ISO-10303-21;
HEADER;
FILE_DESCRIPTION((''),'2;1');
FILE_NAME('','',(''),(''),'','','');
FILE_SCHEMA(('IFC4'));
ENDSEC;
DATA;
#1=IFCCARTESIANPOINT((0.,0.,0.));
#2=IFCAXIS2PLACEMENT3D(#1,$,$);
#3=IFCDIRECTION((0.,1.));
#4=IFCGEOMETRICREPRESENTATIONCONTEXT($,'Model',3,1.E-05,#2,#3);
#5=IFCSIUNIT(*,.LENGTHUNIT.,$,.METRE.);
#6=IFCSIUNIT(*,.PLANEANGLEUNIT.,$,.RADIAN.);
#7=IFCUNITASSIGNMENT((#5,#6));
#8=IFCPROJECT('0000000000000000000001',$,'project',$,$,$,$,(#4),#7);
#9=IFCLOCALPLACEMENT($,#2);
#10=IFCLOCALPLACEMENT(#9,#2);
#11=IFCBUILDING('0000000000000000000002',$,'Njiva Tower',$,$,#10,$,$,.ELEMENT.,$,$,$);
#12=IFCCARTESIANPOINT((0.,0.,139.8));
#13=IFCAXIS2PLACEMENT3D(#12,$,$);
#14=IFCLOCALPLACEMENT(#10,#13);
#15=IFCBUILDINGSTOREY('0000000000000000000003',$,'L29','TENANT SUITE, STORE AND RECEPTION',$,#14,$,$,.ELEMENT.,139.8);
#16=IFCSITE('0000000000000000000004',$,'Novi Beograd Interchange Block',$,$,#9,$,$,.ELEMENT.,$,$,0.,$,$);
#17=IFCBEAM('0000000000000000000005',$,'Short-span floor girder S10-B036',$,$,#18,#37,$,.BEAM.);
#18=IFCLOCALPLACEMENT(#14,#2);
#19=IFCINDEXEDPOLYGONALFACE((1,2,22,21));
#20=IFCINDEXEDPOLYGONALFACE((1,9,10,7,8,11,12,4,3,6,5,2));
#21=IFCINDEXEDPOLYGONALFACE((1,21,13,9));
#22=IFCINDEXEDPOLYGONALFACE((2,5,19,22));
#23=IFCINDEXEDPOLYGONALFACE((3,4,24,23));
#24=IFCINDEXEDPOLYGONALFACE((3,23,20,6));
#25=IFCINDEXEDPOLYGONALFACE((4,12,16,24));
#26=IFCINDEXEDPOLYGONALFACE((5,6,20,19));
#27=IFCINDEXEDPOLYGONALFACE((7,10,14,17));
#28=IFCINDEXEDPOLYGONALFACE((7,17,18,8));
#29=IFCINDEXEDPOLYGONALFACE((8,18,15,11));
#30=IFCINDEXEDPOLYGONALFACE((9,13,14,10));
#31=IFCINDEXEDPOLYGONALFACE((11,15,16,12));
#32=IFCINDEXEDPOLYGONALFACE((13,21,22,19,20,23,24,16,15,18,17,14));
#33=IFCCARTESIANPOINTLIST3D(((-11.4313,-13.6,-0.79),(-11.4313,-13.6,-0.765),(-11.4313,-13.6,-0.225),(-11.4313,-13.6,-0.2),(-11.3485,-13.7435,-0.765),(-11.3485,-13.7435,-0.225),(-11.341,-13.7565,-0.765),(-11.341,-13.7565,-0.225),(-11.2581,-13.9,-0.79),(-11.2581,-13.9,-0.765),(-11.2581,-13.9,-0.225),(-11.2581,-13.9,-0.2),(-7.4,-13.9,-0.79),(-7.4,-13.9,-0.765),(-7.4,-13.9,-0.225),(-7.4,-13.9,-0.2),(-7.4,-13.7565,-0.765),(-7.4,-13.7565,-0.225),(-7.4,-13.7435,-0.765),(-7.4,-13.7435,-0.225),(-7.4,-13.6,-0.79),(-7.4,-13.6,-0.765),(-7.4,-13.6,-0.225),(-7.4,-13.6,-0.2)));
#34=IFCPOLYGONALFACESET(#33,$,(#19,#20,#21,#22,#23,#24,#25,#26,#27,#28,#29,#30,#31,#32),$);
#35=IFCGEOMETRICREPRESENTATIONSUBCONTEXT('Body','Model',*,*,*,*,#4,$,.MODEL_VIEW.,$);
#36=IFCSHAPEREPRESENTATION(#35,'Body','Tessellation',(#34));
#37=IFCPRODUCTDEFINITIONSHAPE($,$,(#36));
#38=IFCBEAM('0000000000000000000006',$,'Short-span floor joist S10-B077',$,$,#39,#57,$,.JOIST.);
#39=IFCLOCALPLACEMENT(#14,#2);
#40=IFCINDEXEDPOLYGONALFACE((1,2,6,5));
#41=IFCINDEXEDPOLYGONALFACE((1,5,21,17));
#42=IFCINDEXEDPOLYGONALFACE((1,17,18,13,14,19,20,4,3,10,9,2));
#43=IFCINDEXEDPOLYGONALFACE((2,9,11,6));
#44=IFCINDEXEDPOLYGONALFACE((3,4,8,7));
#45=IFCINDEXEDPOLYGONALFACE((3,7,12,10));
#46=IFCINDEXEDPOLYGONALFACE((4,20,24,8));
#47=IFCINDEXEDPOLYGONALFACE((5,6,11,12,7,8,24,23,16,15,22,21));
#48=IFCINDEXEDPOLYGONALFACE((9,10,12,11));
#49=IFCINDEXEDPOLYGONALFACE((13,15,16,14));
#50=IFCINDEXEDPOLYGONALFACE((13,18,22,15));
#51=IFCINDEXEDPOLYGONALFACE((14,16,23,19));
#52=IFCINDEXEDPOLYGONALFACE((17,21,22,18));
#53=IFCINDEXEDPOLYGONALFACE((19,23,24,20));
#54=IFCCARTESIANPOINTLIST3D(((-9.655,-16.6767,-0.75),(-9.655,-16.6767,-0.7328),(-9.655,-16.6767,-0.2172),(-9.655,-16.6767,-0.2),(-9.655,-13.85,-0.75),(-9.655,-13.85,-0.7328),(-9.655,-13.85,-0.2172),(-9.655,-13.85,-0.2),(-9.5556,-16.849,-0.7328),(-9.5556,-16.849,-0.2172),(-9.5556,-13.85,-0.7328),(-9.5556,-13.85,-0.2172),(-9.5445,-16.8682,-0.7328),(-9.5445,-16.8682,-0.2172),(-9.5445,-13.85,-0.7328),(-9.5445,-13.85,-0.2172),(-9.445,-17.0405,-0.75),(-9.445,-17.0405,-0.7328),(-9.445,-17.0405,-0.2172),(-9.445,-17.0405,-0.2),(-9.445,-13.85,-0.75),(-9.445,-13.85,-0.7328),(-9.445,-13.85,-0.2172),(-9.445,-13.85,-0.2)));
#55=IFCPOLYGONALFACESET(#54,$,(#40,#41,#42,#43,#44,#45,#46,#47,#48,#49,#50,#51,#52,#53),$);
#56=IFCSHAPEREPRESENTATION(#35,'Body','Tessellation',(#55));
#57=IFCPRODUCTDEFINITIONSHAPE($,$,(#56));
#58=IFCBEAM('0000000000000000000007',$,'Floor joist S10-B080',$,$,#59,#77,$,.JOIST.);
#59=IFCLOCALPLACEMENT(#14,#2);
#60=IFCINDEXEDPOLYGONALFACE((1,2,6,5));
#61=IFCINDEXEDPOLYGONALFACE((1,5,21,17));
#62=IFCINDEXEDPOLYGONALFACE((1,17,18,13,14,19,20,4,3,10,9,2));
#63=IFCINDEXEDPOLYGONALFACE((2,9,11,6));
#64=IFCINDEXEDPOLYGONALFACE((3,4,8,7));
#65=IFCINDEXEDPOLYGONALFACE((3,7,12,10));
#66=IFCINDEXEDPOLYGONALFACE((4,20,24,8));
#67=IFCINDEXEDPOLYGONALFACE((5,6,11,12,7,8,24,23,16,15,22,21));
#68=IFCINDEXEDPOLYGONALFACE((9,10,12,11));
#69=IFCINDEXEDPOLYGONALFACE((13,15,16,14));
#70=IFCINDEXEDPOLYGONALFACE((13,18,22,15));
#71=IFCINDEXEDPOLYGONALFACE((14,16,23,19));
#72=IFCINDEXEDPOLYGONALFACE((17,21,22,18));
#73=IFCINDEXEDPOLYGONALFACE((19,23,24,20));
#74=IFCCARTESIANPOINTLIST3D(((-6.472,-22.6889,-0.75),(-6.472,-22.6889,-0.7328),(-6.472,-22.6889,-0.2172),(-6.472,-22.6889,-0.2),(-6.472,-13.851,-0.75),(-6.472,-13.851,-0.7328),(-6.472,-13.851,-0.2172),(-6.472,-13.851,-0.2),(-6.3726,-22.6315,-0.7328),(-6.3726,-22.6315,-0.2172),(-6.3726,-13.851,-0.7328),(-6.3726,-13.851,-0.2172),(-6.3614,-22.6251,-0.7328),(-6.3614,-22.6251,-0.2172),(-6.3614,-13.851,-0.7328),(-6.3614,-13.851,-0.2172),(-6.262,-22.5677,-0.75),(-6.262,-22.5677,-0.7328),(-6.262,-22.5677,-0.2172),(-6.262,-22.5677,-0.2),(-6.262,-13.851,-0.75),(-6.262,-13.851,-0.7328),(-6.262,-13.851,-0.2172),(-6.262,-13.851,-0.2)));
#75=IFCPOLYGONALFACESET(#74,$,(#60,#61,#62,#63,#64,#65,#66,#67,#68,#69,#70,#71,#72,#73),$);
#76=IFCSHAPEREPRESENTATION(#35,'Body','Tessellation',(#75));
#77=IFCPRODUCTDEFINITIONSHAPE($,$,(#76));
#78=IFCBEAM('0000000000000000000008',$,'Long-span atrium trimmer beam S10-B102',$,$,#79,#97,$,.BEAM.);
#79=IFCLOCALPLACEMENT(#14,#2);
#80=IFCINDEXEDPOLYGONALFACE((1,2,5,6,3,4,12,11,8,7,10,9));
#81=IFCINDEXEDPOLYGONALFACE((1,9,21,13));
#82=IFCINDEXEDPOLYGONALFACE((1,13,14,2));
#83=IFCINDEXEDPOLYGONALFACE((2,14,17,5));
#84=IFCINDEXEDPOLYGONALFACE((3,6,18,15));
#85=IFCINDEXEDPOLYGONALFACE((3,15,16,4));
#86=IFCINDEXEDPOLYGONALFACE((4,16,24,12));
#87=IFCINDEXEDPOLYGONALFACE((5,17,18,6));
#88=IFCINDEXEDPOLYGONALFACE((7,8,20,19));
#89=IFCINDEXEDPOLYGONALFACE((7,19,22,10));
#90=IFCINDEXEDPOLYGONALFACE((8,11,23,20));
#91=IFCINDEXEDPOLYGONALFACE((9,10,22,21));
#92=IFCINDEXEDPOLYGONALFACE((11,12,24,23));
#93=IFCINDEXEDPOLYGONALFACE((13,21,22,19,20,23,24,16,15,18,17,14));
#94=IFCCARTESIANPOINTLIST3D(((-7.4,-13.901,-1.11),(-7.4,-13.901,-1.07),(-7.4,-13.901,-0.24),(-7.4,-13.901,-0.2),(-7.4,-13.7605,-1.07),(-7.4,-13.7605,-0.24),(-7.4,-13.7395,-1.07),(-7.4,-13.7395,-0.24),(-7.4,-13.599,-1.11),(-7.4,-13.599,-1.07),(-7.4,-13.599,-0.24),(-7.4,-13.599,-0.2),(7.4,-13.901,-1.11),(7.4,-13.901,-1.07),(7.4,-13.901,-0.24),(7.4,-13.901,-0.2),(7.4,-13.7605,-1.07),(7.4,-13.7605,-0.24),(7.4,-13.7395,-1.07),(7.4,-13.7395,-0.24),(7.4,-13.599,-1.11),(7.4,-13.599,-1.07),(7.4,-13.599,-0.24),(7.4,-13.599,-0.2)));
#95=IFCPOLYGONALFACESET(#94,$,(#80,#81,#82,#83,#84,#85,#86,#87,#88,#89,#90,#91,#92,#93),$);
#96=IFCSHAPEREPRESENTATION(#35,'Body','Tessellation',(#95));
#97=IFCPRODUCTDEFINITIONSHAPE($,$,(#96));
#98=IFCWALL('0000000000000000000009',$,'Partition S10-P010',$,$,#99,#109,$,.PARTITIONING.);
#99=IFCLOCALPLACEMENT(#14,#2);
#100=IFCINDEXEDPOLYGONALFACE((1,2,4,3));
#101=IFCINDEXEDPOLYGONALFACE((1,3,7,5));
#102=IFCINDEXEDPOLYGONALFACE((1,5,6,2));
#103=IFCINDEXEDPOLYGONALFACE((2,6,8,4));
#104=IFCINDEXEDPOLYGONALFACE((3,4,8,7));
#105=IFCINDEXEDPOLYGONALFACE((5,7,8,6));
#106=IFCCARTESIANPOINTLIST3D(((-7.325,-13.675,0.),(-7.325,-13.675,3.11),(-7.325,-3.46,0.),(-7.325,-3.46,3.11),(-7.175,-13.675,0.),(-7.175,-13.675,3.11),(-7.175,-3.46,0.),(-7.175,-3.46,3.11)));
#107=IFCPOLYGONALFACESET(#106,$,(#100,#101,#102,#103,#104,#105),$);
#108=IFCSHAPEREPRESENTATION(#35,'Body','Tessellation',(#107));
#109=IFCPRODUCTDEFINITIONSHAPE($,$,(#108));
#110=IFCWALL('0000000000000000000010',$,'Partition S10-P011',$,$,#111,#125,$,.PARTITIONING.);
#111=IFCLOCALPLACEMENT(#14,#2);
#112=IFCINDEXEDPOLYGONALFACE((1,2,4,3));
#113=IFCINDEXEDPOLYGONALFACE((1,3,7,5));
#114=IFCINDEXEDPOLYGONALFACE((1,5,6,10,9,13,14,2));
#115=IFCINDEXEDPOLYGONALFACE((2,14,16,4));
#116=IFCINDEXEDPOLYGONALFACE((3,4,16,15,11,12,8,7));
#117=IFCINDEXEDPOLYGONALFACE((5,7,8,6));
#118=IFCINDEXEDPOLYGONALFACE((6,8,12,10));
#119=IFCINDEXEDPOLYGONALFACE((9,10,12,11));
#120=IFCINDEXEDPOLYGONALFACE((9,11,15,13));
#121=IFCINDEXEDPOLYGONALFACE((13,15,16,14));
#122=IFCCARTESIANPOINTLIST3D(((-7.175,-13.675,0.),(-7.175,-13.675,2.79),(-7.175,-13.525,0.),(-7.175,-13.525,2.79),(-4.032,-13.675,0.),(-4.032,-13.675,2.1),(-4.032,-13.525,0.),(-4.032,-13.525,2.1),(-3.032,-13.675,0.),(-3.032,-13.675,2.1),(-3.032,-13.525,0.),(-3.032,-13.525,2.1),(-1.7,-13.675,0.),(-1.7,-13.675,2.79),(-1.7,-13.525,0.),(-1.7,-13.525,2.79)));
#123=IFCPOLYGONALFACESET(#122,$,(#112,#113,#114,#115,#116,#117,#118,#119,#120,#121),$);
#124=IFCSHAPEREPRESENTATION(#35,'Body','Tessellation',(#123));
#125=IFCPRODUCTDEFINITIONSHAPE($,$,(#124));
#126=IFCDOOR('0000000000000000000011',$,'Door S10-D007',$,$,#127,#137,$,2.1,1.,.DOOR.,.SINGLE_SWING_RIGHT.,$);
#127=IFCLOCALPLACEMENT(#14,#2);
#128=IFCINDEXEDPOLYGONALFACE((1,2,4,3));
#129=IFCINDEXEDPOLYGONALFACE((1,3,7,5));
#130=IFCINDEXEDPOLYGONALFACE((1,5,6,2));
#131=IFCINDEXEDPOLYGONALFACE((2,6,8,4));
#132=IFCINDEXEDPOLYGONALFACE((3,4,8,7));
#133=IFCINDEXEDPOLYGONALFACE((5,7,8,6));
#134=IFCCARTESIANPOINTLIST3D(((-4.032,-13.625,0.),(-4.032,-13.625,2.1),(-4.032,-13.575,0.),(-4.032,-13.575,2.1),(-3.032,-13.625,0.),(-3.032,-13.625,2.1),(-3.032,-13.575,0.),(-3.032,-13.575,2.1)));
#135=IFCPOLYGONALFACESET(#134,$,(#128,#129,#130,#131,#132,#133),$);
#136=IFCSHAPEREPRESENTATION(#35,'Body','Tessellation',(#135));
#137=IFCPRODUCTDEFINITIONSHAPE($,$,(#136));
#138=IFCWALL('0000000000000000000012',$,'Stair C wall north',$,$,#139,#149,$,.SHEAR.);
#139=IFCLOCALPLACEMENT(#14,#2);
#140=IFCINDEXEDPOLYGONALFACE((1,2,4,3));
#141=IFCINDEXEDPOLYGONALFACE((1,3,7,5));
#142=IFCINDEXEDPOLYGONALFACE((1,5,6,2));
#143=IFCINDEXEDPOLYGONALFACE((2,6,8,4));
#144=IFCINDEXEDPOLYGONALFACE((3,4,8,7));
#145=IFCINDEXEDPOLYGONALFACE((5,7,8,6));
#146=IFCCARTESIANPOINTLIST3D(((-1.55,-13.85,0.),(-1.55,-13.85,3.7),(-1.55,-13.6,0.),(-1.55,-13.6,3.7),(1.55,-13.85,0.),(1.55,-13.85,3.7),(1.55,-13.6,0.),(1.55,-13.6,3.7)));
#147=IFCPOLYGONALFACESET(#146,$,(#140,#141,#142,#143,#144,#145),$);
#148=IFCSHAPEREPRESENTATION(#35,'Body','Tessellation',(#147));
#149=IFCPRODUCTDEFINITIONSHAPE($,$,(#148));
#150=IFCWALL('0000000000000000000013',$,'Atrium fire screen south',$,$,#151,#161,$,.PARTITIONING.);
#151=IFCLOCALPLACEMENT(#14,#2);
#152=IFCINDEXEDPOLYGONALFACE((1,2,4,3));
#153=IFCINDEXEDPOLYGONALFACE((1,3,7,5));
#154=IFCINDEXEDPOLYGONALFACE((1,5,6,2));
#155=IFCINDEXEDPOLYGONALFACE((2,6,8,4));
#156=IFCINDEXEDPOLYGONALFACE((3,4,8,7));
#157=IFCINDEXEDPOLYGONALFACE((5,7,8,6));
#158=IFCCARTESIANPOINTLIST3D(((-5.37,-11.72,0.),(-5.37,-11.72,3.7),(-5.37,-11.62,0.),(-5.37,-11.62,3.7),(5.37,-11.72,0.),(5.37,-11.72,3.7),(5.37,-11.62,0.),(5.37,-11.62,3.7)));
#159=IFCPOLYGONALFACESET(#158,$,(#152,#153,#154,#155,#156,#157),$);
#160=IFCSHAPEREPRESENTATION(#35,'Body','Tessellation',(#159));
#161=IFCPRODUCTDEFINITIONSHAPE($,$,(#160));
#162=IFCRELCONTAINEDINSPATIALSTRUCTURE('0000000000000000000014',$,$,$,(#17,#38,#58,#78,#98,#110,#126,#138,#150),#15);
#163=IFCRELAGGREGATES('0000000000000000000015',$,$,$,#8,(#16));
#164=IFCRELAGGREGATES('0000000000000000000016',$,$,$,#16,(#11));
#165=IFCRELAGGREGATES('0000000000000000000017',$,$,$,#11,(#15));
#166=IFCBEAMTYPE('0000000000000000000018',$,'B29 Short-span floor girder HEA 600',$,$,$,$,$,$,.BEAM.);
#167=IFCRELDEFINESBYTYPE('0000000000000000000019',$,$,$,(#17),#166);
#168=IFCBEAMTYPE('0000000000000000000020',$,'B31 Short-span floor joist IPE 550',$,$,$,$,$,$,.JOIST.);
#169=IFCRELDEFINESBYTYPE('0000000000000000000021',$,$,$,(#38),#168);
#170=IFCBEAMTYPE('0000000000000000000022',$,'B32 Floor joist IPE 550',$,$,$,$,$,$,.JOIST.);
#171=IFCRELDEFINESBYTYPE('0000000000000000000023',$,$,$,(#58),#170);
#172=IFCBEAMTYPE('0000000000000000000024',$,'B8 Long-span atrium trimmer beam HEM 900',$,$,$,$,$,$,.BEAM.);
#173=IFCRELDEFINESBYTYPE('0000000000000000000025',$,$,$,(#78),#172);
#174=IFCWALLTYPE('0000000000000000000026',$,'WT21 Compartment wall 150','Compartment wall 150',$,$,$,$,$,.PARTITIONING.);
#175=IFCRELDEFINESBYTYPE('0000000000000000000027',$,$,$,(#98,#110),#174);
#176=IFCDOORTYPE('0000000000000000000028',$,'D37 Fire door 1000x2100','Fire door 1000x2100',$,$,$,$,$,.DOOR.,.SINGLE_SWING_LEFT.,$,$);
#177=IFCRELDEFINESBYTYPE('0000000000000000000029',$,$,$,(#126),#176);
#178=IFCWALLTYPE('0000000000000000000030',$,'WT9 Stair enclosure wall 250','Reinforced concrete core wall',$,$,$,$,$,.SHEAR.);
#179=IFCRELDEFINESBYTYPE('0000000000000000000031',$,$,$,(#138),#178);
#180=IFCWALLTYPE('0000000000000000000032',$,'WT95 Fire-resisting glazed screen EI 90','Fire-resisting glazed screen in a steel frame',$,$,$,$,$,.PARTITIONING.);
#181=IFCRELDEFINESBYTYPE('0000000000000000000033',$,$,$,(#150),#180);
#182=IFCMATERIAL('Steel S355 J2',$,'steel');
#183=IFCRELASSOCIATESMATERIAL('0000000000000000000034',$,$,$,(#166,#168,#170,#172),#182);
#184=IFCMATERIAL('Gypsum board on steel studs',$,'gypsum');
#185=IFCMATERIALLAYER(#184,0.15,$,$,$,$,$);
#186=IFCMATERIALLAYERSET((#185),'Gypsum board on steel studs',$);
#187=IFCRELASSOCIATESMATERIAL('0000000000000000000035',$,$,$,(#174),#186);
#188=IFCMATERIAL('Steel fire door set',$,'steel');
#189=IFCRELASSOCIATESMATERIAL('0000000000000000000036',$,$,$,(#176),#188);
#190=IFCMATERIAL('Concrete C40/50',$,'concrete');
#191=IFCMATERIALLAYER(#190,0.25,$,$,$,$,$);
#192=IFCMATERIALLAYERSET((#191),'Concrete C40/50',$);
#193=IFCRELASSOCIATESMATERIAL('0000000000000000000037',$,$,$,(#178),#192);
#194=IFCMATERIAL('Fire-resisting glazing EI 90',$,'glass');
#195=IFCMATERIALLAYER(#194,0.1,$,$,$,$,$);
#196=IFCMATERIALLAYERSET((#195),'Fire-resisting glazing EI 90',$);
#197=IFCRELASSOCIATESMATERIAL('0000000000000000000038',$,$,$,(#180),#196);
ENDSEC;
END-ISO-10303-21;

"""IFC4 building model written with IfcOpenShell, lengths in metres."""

from ifc_helpers import new_model, si_unit, direction, frame, frame_2d, origin, origin_2d, place, context, subcontext, project, spatial, rectangle, i_section, extrude, clip, halfspace, material, layer, layer_set, material_profile, profile_set, type_object, element, fill, save


model = new_model("IFC4")

# Units and contexts
model_context = context("Model", 3, precision=1e-05, world=origin(), true_north=direction((0.0, 1.0)))
body_context = subcontext(model_context, "Body", "Model", "MODEL_VIEW")
ifc_project = project(units=[si_unit("LENGTHUNIT", "METRE"), si_unit("PLANEANGLEUNIT", "RADIAN")], contexts=[model_context])

# Site, building, storey
site_placement = place(None, origin())
site = spatial("IfcSite", under=ifc_project, at=site_placement, Name="Novi Beograd Interchange Block", CompositionType="ELEMENT", RefElevation=0.0)
building_placement = place(site_placement, origin())
building = spatial("IfcBuilding", under=site, at=building_placement, Name="Njiva Tower", CompositionType="ELEMENT")
storey_placement = place(building_placement, frame((0.0, 0.0, 139.8)))
storey = spatial("IfcBuildingStorey", under=building, at=storey_placement, Name="L29", Description="TENANT SUITE, STORE AND RECEPTION", CompositionType="ELEMENT", Elevation=139.8)

# Shared definitions
ifc_material_1 = material(Name="Steel S355 J2", Category="steel")

# Beams
ifc_material_profile_1 = material_profile(ifc_material_1, i_section(OverallWidth=0.3, OverallDepth=0.59, WebThickness=0.013, FlangeThickness=0.025, at=origin_2d()), Name="HEA 600")
ifc_profile_set_1 = profile_set([ifc_material_profile_1], Name="Steel S355 J2")
beam_type_1 = type_object("IfcBeamType", Name="B29 Short-span floor girder HEA 600", PredefinedType="BEAM", material=ifc_profile_set_1)
beam_1_placement = place(storey_placement, frame((-11.452, -13.75, -0.495), z_axis=(1.0, 0.0, 0.0), x_axis=(0.0, 1.0, 0.0)))
element("IfcBeam", 1, at=beam_1_placement, inside=storey, type_object=beam_type_1, Name="Short-span floor girder S10-B036", PredefinedType="BEAM", context=body_context, shape_type="Clipping", body=[
    clip(extrude(i_section(OverallWidth=0.3, OverallDepth=0.59, WebThickness=0.013, FlangeThickness=0.025, at=origin_2d()), origin(), (0.0, 0.0, 1.0), 4.052), halfspace(frame((-0.025, 0.0, 0.1217), z_axis=(-0.499998, 0.0, -0.866027), x_axis=(0.0, -1.0, 0.0)), False)),
])
ifc_material_profile_2 = material_profile(ifc_material_1, i_section(OverallWidth=0.21, OverallDepth=0.55, WebThickness=0.0111, FlangeThickness=0.0172, at=origin_2d()), Name="IPE 550")
ifc_profile_set_2 = profile_set([ifc_material_profile_2], Name="Steel S355 J2")
beam_type_2 = type_object("IfcBeamType", Name="B31 Short-span floor joist IPE 550", PredefinedType="JOIST", material=ifc_profile_set_2)
beam_2_placement = place(storey_placement, frame((-9.55, -13.85, -0.475), z_axis=(0.0, -1.0, 0.0), x_axis=(1.0, 0.0, 0.0)))
element("IfcBeam", 2, at=beam_2_placement, inside=storey, type_object=beam_type_2, Name="Short-span floor joist S10-B077", PredefinedType="JOIST", context=body_context, shape_type="Clipping", body=[
    clip(extrude(i_section(OverallWidth=0.21, OverallDepth=0.55, WebThickness=0.0111, FlangeThickness=0.0172, at=origin_2d()), origin(), (0.0, 0.0, 1.0), 3.211), halfspace(frame((-0.0433, 0.0, 2.9336), z_axis=(-0.866027, 0.0, 0.499998), x_axis=(0.0, 1.0, 0.0)), False)),
])
ifc_material_profile_3 = material_profile(ifc_material_1, i_section(OverallWidth=0.21, OverallDepth=0.55, WebThickness=0.0111, FlangeThickness=0.0172, at=origin_2d()), Name="IPE 550")
ifc_profile_set_3 = profile_set([ifc_material_profile_3], Name="Steel S355 J2")
beam_type_3 = type_object("IfcBeamType", Name="B32 Floor joist IPE 550", PredefinedType="JOIST", material=ifc_profile_set_3)
beam_3_placement = place(storey_placement, frame((-6.367, -13.851, -0.475), z_axis=(0.0, -1.0, 0.0), x_axis=(1.0, 0.0, 0.0)))
element("IfcBeam", 3, at=beam_3_placement, inside=storey, type_object=beam_type_3, Name="Floor joist S10-B080", PredefinedType="JOIST", context=body_context, shape_type="Clipping", body=[
    clip(extrude(i_section(OverallWidth=0.21, OverallDepth=0.55, WebThickness=0.0111, FlangeThickness=0.0172, at=origin_2d()), origin(), (0.0, 0.0, 1.0), 8.858), halfspace(frame((0.0253, 0.0, 8.7627), z_axis=(0.499998, 0.0, 0.866027), x_axis=(0.0, 1.0, 0.0)), False)),
])
ifc_material_profile_4 = material_profile(ifc_material_1, i_section(OverallWidth=0.302, OverallDepth=0.91, WebThickness=0.021, FlangeThickness=0.04, at=origin_2d()), Name="HEM 900")
ifc_profile_set_4 = profile_set([ifc_material_profile_4], Name="Steel S355 J2")
beam_type_4 = type_object("IfcBeamType", Name="B8 Long-span atrium trimmer beam HEM 900", PredefinedType="BEAM", material=ifc_profile_set_4)
beam_4_placement = place(storey_placement, frame((-7.4, -13.75, -0.655), z_axis=(1.0, 0.0, 0.0), x_axis=(0.0, 1.0, 0.0)))
element("IfcBeam", 4, at=beam_4_placement, inside=storey, type_object=beam_type_4, Name="Long-span atrium trimmer beam S10-B102", PredefinedType="BEAM", context=body_context, shape_type="SweptSolid", body=[
    extrude(i_section(OverallWidth=0.302, OverallDepth=0.91, WebThickness=0.021, FlangeThickness=0.04, at=origin_2d()), origin(), (0.0, 0.0, 1.0), 14.8),
])

# Wall
ifc_material_2 = material(Name="Gypsum board on steel studs", Category="gypsum")
ifc_layer_1 = layer(ifc_material_2, 0.15)
ifc_layer_set_1 = layer_set([ifc_layer_1], Name="Gypsum board on steel studs")
wall_type_1 = type_object("IfcWallType", Name="WT21 Compartment wall 150", Description="Compartment wall 150", PredefinedType="PARTITIONING", material=ifc_layer_set_1)
wall_1_placement = place(storey_placement, frame((-7.25, -13.675, 0.0), z_axis=(0.0, 0.0, 1.0), x_axis=(0.0, 1.0, 0.0)))
element("IfcWall", 5, at=wall_1_placement, inside=storey, type_object=wall_type_1, Name="Partition S10-P010", PredefinedType="PARTITIONING", context=body_context, shape_type="SweptSolid", body=[
    extrude(rectangle(XDim=10.215, YDim=0.15, at=frame_2d((5.1075, 0.0))), origin(), (0.0, 0.0, 1.0), 3.11),
])

# Wall, opening, door
wall_2_placement = place(storey_placement, frame((-7.175, -13.6, 0.0), z_axis=(0.0, 0.0, 1.0), x_axis=(1.0, 0.0, 0.0)))
wall_2 = element("IfcWall", 6, at=wall_2_placement, inside=storey, type_object=wall_type_1, Name="Partition S10-P011", PredefinedType="PARTITIONING", context=body_context, shape_type="SweptSolid", body=[
    extrude(rectangle(XDim=5.475, YDim=0.15, at=frame_2d((2.7375, 0.0))), origin(), (0.0, 0.0, 1.0), 2.79),
])
opening_placement = place(wall_2_placement, frame((3.143, 0.0, 0.0)))
opening = element("IfcOpeningElement", 7, at=opening_placement, cuts=wall_2, PredefinedType="OPENING", context=body_context, shape_type="SweptSolid", body=[
    extrude(rectangle(XDim=1.0, YDim=2.1, at=frame_2d((0.5, 1.05))), frame((0.0, 0.085, 0.0), z_axis=(0.0, -1.0, 0.0), x_axis=(1.0, 0.0, 0.0)), (0.0, 0.0, 1.0), 0.17),
])
ifc_material_3 = material(Name="Steel fire door set", Category="steel")
door_type = type_object("IfcDoorType", Name="D37 Fire door 1000x2100", Description="Fire door 1000x2100", OperationType="SINGLE_SWING_LEFT", PredefinedType="DOOR", material=ifc_material_3)
door_placement = place(opening_placement, origin())
door = element("IfcDoor", 8, at=door_placement, inside=storey, type_object=door_type, Name="Door S10-D007", OperationType="SINGLE_SWING_RIGHT", OverallHeight=2.1, OverallWidth=1.0, PredefinedType="DOOR", context=body_context, shape_type="SweptSolid", body=[
    extrude(rectangle(XDim=1.0, YDim=2.1, at=frame_2d((0.5, 1.05))), frame((0.0, 0.025, 0.0), z_axis=(0.0, -1.0, 0.0), x_axis=(1.0, 0.0, 0.0)), (0.0, 0.0, 1.0), 0.05),
])
fill(opening, door)

# Walls
ifc_material_4 = material(Name="Concrete C40/50", Category="concrete")
ifc_layer_2 = layer(ifc_material_4, 0.25)
ifc_layer_set_2 = layer_set([ifc_layer_2], Name="Concrete C40/50")
wall_type_2 = type_object("IfcWallType", Name="WT9 Stair enclosure wall 250", Description="Reinforced concrete core wall", PredefinedType="SHEAR", material=ifc_layer_set_2)
wall_3_placement = place(storey_placement, frame((-1.55, -13.725, 0.0), z_axis=(0.0, 0.0, 1.0), x_axis=(1.0, 0.0, 0.0)))
element("IfcWall", 9, at=wall_3_placement, inside=storey, type_object=wall_type_2, Name="Stair C wall north", PredefinedType="SHEAR", context=body_context, shape_type="SweptSolid", body=[
    extrude(rectangle(XDim=3.1, YDim=0.25, at=frame_2d((1.55, 0.0))), origin(), (0.0, 0.0, 1.0), 3.7),
])
ifc_material_5 = material(Name="Fire-resisting glazing EI 90", Category="glass")
ifc_layer_3 = layer(ifc_material_5, 0.1)
ifc_layer_set_3 = layer_set([ifc_layer_3], Name="Fire-resisting glazing EI 90")
wall_type_3 = type_object("IfcWallType", Name="WT95 Fire-resisting glazed screen EI 90", Description="Fire-resisting glazed screen in a steel frame", PredefinedType="PARTITIONING", material=ifc_layer_set_3)
wall_4_placement = place(storey_placement, frame((-5.37, -11.67, 0.0), z_axis=(0.0, 0.0, 1.0), x_axis=(1.0, 0.0, 0.0)))
element("IfcWall", 10, at=wall_4_placement, inside=storey, type_object=wall_type_3, Name="Atrium fire screen south", PredefinedType="PARTITIONING", context=body_context, shape_type="SweptSolid", body=[
    extrude(rectangle(XDim=10.74, YDim=0.1, at=frame_2d((5.37, 0.0))), origin(), (0.0, 0.0, 1.0), 3.7),
])

save(model, "model.ifc")
